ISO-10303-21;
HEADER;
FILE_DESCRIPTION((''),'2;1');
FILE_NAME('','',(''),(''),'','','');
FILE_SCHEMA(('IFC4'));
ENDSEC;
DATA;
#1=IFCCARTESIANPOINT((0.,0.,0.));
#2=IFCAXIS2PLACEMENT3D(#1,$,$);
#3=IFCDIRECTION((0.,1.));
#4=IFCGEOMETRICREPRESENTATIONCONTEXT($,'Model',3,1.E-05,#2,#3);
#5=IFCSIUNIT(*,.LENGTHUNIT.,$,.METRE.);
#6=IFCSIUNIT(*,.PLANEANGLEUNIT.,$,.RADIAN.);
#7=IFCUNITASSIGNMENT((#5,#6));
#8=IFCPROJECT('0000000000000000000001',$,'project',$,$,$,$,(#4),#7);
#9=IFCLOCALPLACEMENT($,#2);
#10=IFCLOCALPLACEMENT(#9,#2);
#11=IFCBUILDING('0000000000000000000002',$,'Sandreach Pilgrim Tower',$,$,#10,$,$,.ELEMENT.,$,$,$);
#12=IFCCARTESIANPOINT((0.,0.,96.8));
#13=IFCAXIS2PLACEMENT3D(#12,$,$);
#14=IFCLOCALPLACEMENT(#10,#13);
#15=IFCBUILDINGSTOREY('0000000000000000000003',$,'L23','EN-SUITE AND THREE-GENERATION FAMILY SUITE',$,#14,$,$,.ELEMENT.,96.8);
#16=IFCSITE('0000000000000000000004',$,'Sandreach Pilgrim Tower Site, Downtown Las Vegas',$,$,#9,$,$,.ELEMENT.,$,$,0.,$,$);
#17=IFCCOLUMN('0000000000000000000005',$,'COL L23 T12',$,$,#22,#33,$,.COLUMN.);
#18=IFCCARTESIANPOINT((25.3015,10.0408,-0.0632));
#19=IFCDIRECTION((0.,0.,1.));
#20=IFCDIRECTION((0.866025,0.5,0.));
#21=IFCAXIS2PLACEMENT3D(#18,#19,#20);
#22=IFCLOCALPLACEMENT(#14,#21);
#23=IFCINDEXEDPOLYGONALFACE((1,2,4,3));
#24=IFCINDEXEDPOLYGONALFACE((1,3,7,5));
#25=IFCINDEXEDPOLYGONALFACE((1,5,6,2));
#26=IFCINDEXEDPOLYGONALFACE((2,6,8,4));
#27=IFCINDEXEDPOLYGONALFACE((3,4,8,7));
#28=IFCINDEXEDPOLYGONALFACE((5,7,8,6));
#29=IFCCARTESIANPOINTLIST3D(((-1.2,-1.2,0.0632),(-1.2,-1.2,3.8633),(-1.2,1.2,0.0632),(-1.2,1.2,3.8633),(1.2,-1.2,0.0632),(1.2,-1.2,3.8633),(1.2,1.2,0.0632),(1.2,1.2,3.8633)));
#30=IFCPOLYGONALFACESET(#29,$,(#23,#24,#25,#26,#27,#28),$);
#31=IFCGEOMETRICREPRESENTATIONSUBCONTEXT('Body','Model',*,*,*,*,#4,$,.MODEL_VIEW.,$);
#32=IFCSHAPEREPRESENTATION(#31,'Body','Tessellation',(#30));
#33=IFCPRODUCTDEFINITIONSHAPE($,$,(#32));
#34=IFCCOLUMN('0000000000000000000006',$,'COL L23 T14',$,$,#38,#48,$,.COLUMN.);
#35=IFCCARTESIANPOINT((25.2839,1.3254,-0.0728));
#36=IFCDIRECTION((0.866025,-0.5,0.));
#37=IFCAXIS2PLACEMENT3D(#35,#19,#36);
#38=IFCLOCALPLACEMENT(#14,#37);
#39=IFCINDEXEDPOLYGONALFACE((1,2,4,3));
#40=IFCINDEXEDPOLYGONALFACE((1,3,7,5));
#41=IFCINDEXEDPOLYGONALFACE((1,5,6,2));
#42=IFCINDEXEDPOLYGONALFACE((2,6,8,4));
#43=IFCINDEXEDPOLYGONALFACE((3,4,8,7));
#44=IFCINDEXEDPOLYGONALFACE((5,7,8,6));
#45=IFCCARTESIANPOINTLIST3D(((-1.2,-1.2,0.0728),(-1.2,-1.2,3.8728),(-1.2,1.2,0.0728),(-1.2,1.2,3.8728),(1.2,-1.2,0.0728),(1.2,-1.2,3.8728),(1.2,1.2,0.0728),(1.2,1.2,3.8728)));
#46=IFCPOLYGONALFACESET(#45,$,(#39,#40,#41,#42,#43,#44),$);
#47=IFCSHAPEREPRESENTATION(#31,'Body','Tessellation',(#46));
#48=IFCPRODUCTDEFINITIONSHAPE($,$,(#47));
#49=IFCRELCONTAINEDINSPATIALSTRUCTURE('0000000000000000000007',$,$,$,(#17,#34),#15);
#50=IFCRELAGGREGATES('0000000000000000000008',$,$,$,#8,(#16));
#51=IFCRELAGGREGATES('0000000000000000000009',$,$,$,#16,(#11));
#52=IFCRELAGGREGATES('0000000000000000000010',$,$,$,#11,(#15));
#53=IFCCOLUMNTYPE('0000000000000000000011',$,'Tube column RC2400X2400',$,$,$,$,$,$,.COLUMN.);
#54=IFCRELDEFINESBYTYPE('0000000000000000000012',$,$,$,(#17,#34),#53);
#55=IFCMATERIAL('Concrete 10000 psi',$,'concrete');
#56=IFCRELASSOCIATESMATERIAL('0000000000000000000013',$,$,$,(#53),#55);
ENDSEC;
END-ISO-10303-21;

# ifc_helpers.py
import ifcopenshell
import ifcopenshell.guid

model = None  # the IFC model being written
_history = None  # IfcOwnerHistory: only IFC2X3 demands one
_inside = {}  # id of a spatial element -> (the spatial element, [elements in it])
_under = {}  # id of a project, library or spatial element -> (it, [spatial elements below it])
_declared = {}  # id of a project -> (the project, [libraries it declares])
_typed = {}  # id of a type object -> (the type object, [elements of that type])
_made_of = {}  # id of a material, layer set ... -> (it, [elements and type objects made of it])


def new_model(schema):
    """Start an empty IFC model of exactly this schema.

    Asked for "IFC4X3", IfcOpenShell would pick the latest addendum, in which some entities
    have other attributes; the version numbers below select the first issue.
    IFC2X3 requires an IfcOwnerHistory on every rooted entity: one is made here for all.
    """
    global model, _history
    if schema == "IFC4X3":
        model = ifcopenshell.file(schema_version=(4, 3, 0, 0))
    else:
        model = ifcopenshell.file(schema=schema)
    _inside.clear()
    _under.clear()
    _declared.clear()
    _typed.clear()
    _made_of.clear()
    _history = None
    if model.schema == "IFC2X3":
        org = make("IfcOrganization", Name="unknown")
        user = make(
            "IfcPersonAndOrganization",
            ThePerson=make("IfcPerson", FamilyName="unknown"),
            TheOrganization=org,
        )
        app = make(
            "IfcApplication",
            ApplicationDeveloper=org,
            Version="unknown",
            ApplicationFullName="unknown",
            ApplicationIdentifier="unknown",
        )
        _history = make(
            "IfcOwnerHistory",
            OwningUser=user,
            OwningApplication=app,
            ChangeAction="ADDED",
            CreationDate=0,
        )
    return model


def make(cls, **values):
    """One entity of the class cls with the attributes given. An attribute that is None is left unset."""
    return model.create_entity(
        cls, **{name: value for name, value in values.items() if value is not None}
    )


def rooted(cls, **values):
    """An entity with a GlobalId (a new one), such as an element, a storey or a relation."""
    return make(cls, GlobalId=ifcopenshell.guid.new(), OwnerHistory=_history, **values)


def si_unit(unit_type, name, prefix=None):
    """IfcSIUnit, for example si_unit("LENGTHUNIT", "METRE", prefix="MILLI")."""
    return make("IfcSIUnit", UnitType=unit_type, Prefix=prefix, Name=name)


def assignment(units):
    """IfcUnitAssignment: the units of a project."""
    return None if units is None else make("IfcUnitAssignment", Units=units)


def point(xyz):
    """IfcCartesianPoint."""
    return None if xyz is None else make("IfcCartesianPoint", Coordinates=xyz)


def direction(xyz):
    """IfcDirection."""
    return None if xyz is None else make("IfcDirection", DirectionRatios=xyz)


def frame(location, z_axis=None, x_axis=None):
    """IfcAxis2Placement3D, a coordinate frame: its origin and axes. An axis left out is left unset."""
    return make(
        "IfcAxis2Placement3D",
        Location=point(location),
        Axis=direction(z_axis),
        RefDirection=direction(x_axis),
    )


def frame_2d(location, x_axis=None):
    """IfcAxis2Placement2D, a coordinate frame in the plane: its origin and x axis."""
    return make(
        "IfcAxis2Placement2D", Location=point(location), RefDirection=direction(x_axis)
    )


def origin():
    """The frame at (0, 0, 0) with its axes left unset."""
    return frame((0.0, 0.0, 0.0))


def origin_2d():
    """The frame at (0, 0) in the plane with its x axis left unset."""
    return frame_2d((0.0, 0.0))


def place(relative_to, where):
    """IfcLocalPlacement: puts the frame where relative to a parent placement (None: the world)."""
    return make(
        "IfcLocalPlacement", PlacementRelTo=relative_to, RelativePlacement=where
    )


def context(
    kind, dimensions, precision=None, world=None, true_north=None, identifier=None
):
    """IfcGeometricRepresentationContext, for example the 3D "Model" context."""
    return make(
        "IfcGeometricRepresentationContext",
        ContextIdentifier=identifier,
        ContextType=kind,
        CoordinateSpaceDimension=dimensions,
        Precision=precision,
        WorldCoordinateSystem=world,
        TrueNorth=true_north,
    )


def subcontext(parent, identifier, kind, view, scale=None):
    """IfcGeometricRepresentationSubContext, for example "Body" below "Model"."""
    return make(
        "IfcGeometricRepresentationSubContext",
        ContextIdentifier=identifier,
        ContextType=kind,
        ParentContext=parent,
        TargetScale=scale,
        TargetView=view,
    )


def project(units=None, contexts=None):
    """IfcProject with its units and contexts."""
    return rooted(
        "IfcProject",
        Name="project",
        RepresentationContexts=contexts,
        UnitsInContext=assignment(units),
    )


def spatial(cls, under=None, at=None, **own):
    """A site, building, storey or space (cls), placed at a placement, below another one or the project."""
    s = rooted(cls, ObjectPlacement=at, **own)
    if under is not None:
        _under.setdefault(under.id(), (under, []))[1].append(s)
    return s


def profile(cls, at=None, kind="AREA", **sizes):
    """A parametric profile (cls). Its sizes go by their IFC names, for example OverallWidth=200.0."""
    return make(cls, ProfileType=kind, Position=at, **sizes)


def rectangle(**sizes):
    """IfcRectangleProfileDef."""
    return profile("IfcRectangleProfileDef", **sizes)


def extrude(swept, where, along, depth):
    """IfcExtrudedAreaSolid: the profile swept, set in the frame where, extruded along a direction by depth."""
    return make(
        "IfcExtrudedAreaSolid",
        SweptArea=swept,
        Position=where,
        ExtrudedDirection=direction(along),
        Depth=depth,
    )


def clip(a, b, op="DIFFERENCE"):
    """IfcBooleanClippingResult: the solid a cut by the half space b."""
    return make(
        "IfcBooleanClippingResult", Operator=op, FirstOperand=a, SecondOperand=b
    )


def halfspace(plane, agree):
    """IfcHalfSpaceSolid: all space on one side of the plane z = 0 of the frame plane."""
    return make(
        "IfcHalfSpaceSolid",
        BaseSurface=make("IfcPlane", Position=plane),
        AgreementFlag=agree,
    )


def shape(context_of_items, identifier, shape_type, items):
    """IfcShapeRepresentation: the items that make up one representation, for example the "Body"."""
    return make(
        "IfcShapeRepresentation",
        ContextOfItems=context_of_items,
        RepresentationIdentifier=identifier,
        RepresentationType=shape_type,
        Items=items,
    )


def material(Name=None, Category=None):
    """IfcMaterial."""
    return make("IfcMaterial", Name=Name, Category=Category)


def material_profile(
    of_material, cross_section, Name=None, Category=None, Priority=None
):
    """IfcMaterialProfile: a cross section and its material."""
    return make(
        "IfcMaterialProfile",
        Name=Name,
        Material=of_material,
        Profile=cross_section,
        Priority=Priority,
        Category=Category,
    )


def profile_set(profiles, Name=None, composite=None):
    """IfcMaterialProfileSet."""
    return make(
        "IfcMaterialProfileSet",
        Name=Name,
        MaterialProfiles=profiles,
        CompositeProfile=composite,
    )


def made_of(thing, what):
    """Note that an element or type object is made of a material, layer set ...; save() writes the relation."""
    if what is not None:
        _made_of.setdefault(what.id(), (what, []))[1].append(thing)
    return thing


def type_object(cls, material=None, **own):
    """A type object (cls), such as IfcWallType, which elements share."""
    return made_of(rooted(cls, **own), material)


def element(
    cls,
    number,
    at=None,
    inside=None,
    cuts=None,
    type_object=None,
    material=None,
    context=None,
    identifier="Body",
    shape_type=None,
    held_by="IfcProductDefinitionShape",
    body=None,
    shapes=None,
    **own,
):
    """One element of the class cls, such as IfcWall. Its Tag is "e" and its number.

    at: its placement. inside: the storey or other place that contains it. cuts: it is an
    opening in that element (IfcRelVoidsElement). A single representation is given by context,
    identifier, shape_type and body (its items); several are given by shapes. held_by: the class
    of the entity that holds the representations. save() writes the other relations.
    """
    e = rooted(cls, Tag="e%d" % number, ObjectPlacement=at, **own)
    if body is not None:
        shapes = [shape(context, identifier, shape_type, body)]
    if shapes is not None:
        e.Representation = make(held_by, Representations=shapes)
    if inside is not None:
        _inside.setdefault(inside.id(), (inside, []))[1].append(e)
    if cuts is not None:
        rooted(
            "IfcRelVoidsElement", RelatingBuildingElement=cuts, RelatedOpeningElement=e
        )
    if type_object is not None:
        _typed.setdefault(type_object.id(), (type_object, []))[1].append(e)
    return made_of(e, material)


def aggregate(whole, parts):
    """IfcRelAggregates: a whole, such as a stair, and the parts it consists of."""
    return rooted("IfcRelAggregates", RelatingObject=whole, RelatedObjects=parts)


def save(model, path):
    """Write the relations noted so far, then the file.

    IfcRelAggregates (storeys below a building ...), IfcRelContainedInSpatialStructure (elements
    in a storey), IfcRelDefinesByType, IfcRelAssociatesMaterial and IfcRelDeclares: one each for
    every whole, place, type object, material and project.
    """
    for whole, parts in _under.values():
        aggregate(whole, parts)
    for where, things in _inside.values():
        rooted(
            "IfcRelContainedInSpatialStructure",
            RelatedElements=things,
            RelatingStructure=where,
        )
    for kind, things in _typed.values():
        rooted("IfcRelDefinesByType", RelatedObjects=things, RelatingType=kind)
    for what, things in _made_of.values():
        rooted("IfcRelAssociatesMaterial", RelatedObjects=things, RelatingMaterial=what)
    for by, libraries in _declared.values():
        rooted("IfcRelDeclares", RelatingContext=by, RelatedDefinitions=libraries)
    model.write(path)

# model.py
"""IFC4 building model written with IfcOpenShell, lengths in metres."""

from ifc_helpers import new_model, si_unit, direction, frame, origin, origin_2d, place, context, subcontext, project, spatial, rectangle, extrude, clip, halfspace, material, material_profile, profile_set, type_object, element, save


model = new_model("IFC4")

# Units and contexts
model_context = context("Model", 3, precision=1e-05, world=origin(), true_north=direction((0.0, 1.0)))
body_context = subcontext(model_context, "Body", "Model", "MODEL_VIEW")
ifc_project = project(units=[si_unit("LENGTHUNIT", "METRE"), si_unit("PLANEANGLEUNIT", "RADIAN")], contexts=[model_context])

# Site, building, storey
site_placement = place(None, origin())
site = spatial("IfcSite", under=ifc_project, at=site_placement, Name="Sandreach Pilgrim Tower Site, Downtown Las Vegas", CompositionType="ELEMENT", RefElevation=0.0)
building_placement = place(site_placement, origin())
building = spatial("IfcBuilding", under=site, at=building_placement, Name="Sandreach Pilgrim Tower", CompositionType="ELEMENT")
storey_placement = place(building_placement, frame((0.0, 0.0, 96.8)))
storey = spatial("IfcBuildingStorey", under=building, at=storey_placement, Name="L23", Description="EN-SUITE AND THREE-GENERATION FAMILY SUITE", CompositionType="ELEMENT", Elevation=96.8)

# Columns
ifc_material_1 = material(Name="Concrete 10000 psi", Category="concrete")
ifc_material_profile_1 = material_profile(ifc_material_1, rectangle(XDim=2.3999, YDim=2.3999, at=origin_2d()), Name="RC2400X2400")
ifc_profile_set_1 = profile_set([ifc_material_profile_1], Name="Concrete 10000 psi")
column_type = type_object("IfcColumnType", Name="Tube column RC2400X2400", PredefinedType="COLUMN", material=ifc_profile_set_1)
column_1_placement = place(storey_placement, frame((25.3015, 10.0408, -0.0632), z_axis=(0.0, 0.0, 1.0), x_axis=(0.866025, 0.5, 0.0)))
element("IfcColumn", 1, at=column_1_placement, inside=storey, type_object=column_type, Name="COL L23 T12", PredefinedType="COLUMN", context=body_context, shape_type="SweptSolid", body=[
    clip(extrude(rectangle(XDim=2.3999, YDim=2.3999, at=origin_2d()), origin(), (0.0, 0.0, 1.0), 3.8633), halfspace(frame((0.0, 0.0, 0.0632)), True)),
])
column_2_placement = place(storey_placement, frame((25.2839, 1.3254, -0.0728), z_axis=(0.0, 0.0, 1.0), x_axis=(0.866025, -0.5, 0.0)))
element("IfcColumn", 2, at=column_2_placement, inside=storey, type_object=column_type, Name="COL L23 T14", PredefinedType="COLUMN", context=body_context, shape_type="SweptSolid", body=[
    clip(extrude(rectangle(XDim=2.3999, YDim=2.3999, at=origin_2d()), origin(), (0.0, 0.0, 1.0), 3.8728), halfspace(frame((0.0, 0.0, 0.0728)), True)),
])

save(model, "model.ifc")
